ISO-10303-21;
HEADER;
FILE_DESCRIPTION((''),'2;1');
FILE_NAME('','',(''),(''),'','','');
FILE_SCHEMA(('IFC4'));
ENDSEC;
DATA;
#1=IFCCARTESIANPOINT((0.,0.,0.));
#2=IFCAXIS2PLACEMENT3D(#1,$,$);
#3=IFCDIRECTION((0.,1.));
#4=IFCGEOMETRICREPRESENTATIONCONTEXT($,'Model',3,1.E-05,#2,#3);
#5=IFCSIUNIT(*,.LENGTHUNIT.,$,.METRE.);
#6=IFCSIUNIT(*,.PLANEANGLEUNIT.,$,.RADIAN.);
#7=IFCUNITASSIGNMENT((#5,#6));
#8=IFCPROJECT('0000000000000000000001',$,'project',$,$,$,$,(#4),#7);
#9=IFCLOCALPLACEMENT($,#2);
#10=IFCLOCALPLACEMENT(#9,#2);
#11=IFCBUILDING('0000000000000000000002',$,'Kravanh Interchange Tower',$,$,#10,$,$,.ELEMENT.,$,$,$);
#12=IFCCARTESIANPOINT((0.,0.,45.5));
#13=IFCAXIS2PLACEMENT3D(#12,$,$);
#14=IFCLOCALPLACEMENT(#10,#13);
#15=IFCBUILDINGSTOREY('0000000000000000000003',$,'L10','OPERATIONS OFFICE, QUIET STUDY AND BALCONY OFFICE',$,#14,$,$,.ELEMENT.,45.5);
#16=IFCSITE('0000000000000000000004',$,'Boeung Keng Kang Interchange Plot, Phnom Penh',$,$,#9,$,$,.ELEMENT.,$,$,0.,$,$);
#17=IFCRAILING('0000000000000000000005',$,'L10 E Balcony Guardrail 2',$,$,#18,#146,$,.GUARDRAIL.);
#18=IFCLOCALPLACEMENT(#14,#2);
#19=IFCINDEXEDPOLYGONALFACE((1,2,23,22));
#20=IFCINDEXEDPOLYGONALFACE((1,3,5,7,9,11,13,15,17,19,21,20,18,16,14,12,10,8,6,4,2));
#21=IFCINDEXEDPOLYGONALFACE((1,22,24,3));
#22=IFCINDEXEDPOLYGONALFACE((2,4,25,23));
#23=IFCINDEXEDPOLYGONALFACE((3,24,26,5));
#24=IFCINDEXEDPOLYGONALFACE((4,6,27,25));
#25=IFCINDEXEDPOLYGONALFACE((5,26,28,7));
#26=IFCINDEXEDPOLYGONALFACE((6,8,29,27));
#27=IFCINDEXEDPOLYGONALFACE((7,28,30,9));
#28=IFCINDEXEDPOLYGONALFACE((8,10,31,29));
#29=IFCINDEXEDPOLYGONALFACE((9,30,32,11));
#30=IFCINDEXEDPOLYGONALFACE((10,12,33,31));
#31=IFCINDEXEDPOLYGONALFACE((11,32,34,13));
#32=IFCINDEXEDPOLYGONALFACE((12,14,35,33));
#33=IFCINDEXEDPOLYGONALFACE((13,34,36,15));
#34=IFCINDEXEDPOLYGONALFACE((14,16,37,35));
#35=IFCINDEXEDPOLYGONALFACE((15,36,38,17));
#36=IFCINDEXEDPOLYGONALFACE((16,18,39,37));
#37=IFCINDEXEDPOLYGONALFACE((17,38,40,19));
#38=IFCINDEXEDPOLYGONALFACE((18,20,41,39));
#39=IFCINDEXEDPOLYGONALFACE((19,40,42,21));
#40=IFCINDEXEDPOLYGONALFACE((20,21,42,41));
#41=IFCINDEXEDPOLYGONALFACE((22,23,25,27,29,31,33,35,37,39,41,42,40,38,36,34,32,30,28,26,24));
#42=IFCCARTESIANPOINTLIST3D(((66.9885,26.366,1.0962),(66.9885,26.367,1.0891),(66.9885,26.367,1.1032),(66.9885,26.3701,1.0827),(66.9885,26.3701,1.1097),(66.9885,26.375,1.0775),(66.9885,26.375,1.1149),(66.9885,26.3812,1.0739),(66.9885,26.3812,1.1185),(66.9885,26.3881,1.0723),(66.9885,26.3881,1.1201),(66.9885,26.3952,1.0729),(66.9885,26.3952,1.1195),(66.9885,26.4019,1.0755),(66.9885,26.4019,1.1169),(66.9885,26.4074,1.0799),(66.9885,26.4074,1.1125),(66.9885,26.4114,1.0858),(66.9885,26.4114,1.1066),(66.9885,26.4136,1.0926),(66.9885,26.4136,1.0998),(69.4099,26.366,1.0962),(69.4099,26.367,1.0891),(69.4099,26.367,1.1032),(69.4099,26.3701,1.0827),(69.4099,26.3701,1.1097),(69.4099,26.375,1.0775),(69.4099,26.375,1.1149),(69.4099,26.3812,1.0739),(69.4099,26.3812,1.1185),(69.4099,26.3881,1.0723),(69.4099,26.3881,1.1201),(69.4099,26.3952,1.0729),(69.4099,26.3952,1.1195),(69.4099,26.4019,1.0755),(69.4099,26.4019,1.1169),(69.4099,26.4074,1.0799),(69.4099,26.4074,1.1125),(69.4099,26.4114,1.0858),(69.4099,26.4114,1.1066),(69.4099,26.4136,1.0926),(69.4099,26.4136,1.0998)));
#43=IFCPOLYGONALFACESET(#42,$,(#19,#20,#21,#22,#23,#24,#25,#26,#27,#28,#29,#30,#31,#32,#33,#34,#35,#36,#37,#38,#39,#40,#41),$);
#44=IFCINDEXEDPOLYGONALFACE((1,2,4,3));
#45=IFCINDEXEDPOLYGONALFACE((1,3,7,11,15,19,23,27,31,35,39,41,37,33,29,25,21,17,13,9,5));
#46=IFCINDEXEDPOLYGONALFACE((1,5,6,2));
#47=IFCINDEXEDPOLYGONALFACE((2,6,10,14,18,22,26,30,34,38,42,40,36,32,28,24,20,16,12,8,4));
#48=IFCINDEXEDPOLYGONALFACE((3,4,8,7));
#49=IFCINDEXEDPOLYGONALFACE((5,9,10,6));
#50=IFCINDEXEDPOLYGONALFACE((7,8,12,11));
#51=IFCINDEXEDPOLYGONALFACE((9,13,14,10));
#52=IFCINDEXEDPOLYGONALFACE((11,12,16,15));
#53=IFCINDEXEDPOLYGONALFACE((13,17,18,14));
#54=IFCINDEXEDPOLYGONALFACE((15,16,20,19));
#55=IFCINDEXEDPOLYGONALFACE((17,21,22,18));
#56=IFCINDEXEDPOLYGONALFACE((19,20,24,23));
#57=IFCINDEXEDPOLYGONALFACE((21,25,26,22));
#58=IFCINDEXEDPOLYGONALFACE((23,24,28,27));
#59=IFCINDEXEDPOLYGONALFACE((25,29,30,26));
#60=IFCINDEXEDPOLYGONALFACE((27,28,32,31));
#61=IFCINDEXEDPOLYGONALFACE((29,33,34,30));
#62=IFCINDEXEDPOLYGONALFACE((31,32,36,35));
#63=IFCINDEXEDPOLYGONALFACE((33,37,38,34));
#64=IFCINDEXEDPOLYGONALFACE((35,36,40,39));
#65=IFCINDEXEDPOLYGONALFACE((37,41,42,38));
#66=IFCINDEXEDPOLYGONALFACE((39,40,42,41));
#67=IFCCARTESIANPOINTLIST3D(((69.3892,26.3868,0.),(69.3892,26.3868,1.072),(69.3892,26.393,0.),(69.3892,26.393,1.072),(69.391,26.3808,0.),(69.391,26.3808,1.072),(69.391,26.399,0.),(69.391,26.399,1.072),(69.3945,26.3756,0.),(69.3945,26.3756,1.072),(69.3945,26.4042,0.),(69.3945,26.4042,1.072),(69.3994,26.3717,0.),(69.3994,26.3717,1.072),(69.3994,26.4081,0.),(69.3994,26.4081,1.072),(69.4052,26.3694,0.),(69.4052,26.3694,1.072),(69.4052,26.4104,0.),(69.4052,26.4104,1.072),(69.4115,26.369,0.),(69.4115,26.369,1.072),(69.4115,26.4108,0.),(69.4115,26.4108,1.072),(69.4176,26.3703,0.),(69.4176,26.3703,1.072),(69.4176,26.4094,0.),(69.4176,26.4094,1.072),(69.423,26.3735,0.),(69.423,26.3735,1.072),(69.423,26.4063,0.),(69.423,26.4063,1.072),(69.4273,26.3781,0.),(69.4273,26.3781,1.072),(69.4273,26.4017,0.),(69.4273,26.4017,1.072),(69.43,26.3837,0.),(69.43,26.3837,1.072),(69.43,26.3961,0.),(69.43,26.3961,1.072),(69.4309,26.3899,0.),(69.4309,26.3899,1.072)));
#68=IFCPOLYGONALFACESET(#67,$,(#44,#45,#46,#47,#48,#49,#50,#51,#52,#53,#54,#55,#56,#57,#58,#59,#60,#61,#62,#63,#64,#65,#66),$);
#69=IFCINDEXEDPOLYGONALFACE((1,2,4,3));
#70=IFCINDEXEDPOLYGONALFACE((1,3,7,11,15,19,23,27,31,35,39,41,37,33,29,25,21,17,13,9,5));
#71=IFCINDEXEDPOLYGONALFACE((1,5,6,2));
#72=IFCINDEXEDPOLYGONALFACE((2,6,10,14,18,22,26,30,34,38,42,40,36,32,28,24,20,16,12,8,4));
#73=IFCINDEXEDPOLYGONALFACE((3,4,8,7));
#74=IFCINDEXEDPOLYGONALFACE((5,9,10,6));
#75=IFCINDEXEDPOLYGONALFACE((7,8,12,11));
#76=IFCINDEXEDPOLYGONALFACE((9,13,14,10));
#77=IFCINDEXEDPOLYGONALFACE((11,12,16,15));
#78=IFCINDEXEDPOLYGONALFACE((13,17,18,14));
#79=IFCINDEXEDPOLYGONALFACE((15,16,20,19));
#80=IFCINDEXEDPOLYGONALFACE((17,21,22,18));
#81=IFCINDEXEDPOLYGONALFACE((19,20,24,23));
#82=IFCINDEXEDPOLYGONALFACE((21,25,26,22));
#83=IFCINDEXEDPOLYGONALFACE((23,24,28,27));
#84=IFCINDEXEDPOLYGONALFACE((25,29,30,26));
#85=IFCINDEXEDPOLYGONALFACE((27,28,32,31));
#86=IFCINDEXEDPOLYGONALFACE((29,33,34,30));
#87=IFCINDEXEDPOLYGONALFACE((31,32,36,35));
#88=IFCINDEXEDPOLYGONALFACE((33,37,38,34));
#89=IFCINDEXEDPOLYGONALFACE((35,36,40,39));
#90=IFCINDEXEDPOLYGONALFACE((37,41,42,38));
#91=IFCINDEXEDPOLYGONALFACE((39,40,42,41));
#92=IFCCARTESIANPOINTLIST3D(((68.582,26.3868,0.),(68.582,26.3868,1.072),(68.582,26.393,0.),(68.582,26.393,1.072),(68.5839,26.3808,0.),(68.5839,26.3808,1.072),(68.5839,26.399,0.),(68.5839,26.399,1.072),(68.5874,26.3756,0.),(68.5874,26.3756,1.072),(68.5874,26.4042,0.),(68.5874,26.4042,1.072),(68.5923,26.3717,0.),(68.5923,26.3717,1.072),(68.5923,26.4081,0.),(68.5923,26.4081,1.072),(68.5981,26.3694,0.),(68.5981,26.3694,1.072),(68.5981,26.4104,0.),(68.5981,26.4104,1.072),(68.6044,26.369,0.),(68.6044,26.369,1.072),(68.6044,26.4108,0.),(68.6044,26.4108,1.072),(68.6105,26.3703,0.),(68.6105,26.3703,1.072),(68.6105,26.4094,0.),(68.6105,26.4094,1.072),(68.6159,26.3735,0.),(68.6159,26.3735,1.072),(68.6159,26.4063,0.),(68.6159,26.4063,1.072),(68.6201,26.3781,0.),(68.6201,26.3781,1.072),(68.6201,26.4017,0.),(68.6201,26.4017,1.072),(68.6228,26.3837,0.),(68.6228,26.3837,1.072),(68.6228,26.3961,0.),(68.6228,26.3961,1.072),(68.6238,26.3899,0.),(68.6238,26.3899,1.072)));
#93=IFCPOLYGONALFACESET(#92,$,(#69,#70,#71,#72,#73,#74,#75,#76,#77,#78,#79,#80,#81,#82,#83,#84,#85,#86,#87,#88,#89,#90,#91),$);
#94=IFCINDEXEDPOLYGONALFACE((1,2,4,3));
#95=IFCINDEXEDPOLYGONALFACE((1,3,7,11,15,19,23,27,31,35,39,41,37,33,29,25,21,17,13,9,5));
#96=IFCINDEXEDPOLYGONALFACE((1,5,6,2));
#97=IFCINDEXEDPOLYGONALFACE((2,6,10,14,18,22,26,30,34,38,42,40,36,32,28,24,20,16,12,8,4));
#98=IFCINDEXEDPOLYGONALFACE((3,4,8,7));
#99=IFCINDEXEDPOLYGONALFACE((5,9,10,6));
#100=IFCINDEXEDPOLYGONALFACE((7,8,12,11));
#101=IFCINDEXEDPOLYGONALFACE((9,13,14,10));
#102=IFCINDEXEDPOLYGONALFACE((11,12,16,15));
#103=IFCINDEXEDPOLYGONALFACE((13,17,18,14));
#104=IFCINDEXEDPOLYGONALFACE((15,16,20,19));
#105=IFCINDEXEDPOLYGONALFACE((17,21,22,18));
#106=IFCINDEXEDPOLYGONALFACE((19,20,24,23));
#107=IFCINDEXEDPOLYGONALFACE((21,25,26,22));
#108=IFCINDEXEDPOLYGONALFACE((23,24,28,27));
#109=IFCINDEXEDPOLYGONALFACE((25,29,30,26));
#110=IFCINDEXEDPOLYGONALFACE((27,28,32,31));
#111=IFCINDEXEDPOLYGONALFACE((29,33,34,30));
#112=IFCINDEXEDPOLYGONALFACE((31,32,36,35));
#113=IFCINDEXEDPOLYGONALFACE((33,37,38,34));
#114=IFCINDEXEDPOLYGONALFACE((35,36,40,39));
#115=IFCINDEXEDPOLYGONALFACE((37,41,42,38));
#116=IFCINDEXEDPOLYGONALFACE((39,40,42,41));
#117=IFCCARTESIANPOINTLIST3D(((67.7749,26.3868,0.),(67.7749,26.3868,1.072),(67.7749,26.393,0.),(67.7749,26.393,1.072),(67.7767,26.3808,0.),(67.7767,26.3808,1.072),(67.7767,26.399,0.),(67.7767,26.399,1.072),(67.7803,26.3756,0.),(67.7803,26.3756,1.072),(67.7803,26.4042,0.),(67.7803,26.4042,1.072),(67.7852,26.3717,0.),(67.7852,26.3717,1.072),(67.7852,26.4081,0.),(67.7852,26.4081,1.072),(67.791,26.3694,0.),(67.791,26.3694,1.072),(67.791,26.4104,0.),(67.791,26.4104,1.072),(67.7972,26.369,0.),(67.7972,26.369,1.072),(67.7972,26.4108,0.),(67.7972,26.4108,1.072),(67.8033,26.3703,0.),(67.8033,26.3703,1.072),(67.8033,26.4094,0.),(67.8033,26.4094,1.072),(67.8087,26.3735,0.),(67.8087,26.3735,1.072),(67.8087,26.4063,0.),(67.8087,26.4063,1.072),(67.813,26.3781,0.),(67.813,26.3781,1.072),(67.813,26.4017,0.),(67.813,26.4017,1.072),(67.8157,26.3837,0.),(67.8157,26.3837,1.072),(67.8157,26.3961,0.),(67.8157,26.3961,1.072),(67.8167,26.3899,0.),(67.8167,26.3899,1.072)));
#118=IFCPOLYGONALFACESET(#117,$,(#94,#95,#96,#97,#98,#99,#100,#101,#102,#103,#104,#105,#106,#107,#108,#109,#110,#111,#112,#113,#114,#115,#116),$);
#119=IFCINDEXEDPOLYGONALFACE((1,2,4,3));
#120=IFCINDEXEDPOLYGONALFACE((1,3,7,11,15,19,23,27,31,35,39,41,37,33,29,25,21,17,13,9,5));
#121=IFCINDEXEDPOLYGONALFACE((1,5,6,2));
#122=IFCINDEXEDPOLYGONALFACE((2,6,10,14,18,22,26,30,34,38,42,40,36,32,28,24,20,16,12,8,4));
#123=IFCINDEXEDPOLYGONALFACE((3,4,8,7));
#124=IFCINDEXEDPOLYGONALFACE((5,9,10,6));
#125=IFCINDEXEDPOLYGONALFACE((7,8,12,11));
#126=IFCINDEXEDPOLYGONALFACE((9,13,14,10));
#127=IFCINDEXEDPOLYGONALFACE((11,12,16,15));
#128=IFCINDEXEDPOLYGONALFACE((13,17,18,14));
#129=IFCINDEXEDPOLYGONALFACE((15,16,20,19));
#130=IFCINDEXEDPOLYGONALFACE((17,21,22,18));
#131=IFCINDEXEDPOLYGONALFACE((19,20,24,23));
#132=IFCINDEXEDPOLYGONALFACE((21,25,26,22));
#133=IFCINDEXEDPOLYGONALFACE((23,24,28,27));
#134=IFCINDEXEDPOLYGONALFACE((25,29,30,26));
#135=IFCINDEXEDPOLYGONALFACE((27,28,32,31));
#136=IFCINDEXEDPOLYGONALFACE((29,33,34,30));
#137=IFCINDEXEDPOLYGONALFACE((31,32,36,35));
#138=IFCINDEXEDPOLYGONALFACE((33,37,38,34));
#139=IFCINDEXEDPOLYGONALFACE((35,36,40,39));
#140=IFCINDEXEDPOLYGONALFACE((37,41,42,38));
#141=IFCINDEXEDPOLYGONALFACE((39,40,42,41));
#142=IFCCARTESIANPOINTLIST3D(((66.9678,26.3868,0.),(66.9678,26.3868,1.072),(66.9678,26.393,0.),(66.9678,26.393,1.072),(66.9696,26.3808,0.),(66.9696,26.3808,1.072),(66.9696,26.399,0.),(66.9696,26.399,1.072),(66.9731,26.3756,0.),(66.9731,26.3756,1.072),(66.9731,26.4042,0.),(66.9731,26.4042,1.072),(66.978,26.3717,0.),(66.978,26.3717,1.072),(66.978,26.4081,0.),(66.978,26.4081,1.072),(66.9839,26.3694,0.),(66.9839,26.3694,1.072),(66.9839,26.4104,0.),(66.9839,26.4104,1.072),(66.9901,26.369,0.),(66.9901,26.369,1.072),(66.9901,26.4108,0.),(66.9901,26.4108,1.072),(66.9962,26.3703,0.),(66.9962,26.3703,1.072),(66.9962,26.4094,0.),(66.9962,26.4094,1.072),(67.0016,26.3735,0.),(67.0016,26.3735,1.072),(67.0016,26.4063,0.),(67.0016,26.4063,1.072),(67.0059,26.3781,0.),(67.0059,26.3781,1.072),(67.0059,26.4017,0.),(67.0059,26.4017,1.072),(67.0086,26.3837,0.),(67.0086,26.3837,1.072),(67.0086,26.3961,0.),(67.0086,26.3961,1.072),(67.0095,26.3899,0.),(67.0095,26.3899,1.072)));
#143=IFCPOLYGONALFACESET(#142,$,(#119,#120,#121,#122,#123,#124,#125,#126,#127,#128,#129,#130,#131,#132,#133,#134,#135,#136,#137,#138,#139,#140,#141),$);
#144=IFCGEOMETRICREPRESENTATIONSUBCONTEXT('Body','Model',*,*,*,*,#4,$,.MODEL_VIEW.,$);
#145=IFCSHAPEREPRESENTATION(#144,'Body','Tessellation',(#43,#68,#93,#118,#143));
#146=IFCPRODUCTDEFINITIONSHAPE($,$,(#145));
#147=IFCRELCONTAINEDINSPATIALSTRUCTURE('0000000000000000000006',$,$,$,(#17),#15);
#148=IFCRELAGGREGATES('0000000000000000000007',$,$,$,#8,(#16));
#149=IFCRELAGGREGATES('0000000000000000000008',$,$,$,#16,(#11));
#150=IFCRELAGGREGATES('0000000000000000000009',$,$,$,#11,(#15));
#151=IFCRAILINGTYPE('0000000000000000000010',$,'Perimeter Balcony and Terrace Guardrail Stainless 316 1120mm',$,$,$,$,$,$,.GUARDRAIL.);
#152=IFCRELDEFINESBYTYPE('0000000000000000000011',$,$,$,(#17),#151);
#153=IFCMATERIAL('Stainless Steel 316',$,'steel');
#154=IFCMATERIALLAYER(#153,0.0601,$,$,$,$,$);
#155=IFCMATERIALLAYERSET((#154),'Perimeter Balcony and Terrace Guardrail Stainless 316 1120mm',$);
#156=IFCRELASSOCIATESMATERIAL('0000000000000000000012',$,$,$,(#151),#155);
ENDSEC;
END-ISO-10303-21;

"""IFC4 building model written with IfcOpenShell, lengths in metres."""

from ifc_helpers import new_model, si_unit, direction, frame, origin, origin_2d, place, context, subcontext, project, spatial, circle, extrude, material, layer, layer_set, type_object, element, save


model = new_model("IFC4")

# Units and contexts
model_context = context("Model", 3, precision=1e-05, world=origin(), true_north=direction((0.0, 1.0)))
body_context = subcontext(model_context, "Body", "Model", "MODEL_VIEW")
ifc_project = project(units=[si_unit("LENGTHUNIT", "METRE"), si_unit("PLANEANGLEUNIT", "RADIAN")], contexts=[model_context])

# Site, building, storey
site_placement = place(None, origin())
site = spatial("IfcSite", under=ifc_project, at=site_placement, Name="Boeung Keng Kang Interchange Plot, Phnom Penh", CompositionType="ELEMENT", RefElevation=0.0)
building_placement = place(site_placement, origin())
building = spatial("IfcBuilding", under=site, at=building_placement, Name="Kravanh Interchange Tower", CompositionType="ELEMENT")
storey_placement = place(building_placement, frame((0.0, 0.0, 45.5)))
storey = spatial("IfcBuildingStorey", under=building, at=storey_placement, Name="L10", Description="OPERATIONS OFFICE, QUIET STUDY AND BALCONY OFFICE", CompositionType="ELEMENT", Elevation=45.5)

# Railing
ifc_material_1 = material(Name="Stainless Steel 316", Category="steel")
ifc_layer_1 = layer(ifc_material_1, 0.0601)
ifc_layer_set_1 = layer_set([ifc_layer_1], Name="Perimeter Balcony and Terrace Guardrail Stainless 316 1120mm")
railing_type = type_object("IfcRailingType", Name="Perimeter Balcony and Terrace Guardrail Stainless 316 1120mm", PredefinedType="GUARDRAIL", material=ifc_layer_set_1)
railing_placement = place(storey_placement, frame((69.4099, 26.3899, 0.0)))
element("IfcRailing", 1, at=railing_placement, inside=storey, type_object=railing_type, Name="L10 E Balcony Guardrail 2", PredefinedType="GUARDRAIL", context=body_context, shape_type="SweptSolid", body=[
    extrude(circle(Radius=0.0239, at=origin_2d()), frame((0.0, 0.0, 1.0962), z_axis=(-1.0, 0.0, 0.0), x_axis=(0.0, -1.0, 0.0)), (0.0, 0.0, 1.0), 2.4214),
    extrude(circle(Radius=0.021, at=origin_2d()), origin(), (0.0, 0.0, 1.0), 1.072),
    extrude(circle(Radius=0.021, at=origin_2d()), frame((-0.8071, 0.0, 0.0)), (0.0, 0.0, 1.0), 1.072),
    extrude(circle(Radius=0.021, at=origin_2d()), frame((-1.6143, 0.0, 0.0)), (0.0, 0.0, 1.0), 1.072),
    extrude(circle(Radius=0.021, at=origin_2d()), frame((-2.4214, 0.0, 0.0)), (0.0, 0.0, 1.0), 1.072),
])

save(model, "model.ifc")
